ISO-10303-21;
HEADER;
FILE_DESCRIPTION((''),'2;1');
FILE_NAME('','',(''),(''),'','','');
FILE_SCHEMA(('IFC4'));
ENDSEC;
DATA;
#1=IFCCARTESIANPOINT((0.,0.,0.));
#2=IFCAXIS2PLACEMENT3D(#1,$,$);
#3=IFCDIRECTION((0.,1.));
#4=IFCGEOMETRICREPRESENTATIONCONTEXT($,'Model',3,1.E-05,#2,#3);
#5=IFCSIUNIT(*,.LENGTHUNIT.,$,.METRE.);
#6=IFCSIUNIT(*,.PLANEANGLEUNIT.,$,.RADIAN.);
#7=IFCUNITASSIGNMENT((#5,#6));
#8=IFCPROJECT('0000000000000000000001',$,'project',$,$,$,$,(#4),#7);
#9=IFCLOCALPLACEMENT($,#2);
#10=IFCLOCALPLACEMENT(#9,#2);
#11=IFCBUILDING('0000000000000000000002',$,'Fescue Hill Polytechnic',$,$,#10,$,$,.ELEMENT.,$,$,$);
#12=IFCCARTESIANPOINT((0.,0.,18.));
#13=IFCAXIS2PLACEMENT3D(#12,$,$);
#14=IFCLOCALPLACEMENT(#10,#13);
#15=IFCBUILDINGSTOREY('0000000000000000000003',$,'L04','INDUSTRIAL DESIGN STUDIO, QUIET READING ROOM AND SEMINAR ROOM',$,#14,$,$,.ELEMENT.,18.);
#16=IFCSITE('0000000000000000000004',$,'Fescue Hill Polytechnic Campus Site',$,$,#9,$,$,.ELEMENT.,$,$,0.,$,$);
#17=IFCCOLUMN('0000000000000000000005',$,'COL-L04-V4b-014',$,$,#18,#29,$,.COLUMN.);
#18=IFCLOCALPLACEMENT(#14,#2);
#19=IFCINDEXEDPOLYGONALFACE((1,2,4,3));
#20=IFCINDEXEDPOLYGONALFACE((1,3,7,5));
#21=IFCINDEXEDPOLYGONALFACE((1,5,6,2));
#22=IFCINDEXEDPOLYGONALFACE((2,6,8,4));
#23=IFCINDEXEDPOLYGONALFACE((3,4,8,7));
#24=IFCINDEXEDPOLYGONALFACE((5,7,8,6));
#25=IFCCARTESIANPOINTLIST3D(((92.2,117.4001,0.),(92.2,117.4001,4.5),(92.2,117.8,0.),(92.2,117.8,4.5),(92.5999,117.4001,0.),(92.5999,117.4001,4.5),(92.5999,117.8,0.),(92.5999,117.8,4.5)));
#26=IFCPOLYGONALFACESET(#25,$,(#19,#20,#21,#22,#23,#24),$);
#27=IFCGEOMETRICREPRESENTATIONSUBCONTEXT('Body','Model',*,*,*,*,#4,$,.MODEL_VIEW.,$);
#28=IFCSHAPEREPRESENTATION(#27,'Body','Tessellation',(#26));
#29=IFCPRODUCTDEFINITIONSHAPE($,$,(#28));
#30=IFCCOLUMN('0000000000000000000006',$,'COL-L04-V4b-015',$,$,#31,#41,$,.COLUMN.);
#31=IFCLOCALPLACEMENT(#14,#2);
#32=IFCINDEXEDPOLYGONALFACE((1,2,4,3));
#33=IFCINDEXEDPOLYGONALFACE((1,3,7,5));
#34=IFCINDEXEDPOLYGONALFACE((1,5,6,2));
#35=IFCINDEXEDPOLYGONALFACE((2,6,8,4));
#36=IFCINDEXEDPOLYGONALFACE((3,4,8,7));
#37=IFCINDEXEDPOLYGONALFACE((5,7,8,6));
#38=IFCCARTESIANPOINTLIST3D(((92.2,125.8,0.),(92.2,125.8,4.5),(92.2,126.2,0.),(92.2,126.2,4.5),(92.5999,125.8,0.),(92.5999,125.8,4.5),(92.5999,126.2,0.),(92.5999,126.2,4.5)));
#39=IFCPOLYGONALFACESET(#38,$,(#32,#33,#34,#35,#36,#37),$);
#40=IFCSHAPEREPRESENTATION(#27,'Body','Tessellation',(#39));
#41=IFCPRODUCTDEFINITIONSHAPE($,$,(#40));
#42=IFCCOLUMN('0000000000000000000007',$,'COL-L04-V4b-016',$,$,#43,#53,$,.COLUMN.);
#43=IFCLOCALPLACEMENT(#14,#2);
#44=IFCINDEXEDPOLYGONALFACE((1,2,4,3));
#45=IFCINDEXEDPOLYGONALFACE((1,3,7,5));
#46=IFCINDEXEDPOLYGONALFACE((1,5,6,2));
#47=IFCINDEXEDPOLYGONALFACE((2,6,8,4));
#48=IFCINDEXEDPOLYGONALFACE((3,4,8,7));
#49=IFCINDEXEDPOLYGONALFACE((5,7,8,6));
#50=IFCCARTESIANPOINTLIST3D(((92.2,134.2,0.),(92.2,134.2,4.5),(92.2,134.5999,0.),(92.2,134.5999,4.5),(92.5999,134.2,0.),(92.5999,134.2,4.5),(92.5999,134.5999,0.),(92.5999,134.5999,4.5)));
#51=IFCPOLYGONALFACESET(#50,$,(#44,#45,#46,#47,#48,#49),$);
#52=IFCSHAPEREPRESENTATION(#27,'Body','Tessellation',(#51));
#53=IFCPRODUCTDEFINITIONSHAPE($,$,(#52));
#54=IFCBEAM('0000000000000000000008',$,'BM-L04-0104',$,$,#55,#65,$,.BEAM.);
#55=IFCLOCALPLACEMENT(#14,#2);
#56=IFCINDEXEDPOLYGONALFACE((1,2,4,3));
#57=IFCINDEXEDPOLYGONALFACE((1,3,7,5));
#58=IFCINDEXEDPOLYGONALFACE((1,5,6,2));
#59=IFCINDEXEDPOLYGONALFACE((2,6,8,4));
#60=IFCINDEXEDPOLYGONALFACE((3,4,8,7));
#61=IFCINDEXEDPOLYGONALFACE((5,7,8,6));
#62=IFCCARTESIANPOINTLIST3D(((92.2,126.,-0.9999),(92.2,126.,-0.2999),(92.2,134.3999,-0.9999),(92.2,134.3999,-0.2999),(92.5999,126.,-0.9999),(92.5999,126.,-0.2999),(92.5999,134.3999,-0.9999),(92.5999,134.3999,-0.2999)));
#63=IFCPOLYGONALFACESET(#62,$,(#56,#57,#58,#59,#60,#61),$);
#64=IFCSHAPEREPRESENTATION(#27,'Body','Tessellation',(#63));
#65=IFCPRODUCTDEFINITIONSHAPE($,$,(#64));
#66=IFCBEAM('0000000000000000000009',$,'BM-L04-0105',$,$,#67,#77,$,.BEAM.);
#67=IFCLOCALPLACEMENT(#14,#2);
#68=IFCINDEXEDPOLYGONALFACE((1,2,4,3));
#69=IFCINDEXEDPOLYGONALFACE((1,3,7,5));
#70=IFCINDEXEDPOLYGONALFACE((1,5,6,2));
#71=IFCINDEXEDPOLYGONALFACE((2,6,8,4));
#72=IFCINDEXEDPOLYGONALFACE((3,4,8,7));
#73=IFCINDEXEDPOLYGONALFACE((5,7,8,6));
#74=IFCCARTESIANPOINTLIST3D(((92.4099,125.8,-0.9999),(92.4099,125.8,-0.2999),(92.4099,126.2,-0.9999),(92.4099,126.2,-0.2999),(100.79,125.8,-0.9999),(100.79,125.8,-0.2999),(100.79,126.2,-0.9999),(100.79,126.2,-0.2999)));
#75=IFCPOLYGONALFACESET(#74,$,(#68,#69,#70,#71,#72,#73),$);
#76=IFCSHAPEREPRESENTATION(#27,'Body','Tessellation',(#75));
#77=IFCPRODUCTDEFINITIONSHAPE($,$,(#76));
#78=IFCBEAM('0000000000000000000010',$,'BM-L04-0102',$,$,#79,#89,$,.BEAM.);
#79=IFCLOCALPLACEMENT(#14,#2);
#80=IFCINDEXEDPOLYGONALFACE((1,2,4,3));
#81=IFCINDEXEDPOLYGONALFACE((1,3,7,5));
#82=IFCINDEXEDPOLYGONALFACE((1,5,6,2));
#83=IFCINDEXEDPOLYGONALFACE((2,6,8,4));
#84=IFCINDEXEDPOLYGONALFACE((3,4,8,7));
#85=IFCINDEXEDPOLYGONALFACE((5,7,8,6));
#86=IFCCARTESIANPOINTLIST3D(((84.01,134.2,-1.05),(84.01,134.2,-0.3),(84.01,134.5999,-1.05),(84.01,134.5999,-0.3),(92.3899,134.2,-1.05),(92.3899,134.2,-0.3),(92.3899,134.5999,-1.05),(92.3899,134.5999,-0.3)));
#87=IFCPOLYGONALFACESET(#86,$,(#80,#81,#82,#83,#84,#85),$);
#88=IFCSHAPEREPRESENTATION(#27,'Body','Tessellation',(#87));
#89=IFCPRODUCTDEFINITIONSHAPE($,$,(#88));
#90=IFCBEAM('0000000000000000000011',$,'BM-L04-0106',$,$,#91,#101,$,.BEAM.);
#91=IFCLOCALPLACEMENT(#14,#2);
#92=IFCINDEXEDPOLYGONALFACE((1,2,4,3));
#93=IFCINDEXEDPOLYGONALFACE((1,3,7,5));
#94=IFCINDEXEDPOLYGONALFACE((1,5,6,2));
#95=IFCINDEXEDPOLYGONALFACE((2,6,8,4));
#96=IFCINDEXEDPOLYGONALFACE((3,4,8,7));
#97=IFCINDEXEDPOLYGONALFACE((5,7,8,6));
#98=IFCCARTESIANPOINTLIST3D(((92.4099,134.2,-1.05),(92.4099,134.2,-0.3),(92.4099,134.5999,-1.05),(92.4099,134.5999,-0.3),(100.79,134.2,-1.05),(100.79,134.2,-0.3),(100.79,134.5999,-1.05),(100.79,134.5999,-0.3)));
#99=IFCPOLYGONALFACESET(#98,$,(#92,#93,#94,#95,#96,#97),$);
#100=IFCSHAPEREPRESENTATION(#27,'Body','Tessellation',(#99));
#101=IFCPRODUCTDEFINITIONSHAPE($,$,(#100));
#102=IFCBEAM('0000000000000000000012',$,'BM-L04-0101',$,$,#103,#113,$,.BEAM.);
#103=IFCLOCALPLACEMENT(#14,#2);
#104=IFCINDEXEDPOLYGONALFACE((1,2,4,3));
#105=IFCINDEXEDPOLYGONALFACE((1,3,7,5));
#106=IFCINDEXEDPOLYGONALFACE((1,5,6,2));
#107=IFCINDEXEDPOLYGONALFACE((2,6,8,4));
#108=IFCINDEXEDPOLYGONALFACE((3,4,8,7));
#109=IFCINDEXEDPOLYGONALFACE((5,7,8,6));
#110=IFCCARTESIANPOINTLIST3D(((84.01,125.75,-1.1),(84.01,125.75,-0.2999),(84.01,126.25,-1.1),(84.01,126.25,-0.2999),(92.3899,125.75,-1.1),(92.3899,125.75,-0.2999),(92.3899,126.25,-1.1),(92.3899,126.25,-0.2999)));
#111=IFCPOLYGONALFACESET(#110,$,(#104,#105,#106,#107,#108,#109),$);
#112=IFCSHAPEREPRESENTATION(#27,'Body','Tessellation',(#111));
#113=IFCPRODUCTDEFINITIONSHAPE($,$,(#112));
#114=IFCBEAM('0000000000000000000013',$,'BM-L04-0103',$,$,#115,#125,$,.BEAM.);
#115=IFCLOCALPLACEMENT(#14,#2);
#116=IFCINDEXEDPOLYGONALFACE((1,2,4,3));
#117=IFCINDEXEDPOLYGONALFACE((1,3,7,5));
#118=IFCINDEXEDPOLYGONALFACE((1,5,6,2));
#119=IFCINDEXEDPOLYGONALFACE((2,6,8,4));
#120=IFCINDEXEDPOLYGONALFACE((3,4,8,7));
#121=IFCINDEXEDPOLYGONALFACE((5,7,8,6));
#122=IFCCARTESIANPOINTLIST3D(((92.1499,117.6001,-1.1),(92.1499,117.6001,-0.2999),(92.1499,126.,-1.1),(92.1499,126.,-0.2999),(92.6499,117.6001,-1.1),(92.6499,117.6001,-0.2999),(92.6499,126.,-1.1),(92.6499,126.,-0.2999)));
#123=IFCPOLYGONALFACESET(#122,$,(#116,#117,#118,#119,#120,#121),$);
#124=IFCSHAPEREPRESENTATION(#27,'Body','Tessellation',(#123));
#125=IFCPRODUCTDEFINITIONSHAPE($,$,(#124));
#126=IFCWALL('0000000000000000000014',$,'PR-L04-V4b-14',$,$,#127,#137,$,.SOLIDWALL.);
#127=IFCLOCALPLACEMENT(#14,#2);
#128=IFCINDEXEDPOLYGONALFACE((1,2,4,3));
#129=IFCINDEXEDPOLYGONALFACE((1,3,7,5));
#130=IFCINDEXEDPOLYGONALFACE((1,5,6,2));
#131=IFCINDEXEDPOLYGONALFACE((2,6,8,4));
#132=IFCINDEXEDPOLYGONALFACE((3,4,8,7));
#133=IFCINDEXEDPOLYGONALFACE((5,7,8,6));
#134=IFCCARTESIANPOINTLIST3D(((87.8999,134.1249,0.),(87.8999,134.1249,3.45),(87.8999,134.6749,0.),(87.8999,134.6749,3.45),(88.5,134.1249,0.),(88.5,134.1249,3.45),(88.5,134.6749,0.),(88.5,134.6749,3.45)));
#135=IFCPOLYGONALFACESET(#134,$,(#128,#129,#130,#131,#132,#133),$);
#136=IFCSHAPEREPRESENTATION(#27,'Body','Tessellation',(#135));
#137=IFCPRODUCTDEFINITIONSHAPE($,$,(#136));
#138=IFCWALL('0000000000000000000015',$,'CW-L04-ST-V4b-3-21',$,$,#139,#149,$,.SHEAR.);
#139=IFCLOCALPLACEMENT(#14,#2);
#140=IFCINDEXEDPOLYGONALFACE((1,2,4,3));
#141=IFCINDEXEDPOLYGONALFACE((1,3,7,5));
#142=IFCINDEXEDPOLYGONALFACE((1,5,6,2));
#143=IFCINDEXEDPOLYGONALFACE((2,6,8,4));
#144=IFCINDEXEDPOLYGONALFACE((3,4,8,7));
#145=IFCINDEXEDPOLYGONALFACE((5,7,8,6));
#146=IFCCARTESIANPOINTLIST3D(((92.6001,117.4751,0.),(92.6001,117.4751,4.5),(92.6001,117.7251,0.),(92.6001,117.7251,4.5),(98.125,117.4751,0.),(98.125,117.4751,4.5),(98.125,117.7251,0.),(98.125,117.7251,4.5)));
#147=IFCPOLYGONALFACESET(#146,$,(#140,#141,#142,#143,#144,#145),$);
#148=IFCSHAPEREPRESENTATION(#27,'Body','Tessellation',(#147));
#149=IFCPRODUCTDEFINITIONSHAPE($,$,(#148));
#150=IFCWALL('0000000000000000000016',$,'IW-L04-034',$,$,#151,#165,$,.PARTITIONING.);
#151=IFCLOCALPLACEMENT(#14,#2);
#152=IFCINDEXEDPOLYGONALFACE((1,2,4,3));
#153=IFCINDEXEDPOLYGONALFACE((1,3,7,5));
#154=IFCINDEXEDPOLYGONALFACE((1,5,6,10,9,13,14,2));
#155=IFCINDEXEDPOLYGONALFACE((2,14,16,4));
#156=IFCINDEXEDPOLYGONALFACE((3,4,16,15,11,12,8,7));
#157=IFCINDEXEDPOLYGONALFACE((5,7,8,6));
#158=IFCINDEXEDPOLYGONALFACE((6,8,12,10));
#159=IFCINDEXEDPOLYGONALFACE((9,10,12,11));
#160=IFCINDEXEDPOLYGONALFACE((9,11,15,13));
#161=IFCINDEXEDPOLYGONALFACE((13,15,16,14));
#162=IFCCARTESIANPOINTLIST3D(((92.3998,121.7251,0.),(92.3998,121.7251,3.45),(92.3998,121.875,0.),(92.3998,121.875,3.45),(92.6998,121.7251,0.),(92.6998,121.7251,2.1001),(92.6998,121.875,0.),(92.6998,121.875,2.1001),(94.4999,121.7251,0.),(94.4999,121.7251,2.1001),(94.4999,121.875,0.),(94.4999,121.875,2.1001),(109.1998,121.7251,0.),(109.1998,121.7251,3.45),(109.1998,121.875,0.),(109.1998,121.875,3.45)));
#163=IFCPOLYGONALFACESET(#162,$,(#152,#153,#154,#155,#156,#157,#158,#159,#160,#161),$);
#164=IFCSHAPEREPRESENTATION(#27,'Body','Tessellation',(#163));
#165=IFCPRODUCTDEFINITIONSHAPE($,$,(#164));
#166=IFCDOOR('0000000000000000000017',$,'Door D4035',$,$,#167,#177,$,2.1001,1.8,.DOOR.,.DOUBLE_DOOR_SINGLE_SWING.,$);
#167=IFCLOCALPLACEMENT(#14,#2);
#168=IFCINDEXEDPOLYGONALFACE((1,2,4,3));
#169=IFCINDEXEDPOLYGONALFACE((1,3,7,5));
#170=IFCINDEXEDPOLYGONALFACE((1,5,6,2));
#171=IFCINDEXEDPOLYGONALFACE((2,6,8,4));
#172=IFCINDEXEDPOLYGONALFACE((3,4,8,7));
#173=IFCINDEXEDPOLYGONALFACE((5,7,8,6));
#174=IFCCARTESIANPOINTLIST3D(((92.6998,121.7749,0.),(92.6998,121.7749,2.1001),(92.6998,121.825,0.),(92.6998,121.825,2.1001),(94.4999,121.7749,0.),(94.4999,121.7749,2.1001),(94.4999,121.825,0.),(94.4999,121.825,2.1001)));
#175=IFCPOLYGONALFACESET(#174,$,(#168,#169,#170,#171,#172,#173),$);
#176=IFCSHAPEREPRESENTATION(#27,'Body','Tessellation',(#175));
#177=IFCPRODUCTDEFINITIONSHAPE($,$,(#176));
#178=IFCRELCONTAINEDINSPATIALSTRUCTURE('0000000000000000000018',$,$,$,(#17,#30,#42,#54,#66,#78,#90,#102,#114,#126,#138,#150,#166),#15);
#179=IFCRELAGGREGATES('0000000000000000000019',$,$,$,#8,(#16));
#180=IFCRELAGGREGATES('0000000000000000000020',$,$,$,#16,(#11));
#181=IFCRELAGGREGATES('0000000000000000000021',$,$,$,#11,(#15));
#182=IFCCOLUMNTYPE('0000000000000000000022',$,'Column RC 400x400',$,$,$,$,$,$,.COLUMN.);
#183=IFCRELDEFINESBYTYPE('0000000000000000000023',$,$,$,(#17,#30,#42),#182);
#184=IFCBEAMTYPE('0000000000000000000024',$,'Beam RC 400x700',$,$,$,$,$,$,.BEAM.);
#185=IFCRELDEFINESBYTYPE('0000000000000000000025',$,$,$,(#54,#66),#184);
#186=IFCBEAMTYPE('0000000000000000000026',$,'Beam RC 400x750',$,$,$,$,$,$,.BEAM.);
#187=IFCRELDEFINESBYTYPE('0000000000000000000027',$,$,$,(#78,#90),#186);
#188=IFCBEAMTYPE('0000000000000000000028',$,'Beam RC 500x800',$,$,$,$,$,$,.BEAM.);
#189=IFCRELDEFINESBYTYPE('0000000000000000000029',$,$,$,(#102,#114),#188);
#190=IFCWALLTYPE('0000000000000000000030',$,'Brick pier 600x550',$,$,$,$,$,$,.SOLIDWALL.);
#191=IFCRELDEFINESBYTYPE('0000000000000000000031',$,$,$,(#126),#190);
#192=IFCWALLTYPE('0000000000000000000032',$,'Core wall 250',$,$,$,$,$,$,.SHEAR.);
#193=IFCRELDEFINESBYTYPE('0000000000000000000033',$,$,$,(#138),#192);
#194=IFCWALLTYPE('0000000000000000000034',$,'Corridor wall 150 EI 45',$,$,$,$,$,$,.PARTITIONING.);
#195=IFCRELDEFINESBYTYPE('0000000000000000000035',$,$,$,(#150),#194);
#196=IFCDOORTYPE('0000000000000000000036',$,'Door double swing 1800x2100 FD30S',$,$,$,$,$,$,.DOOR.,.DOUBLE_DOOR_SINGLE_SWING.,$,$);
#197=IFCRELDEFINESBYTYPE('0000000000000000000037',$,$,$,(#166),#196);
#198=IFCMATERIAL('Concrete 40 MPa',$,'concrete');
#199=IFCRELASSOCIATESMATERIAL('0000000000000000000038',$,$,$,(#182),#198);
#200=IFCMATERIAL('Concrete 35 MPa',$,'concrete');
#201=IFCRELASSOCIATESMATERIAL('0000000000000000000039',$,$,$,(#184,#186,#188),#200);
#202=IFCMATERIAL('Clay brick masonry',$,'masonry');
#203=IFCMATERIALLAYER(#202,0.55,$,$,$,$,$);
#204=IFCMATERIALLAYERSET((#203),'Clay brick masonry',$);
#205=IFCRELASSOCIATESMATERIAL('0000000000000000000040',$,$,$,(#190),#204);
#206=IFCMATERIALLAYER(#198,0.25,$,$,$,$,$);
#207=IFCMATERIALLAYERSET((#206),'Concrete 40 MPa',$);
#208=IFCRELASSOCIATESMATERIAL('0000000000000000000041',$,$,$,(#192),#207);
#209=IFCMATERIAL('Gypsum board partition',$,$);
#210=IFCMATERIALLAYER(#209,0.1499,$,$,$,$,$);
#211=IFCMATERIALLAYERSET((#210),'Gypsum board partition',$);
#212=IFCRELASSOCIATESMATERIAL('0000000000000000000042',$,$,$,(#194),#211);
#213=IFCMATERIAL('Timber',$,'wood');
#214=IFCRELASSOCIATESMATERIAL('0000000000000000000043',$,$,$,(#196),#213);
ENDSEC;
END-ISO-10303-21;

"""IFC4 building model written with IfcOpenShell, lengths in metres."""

from ifc_helpers import new_model, si_unit, direction, frame, frame_2d, origin, origin_2d, place, context, subcontext, project, spatial, rectangle, extrude, material, layer, layer_set, material_profile, profile_set, type_object, element, fill, save


model = new_model("IFC4")

# Units and contexts
model_context = context("Model", 3, precision=1e-05, world=origin(), true_north=direction((0.0, 1.0)))
body_context = subcontext(model_context, "Body", "Model", "MODEL_VIEW")
ifc_project = project(units=[si_unit("LENGTHUNIT", "METRE"), si_unit("PLANEANGLEUNIT", "RADIAN")], contexts=[model_context])

# Site, building, storey
site_placement = place(None, origin())
site = spatial("IfcSite", under=ifc_project, at=site_placement, Name="Fescue Hill Polytechnic Campus Site", CompositionType="ELEMENT", RefElevation=0.0)
building_placement = place(site_placement, origin())
building = spatial("IfcBuilding", under=site, at=building_placement, Name="Fescue Hill Polytechnic", CompositionType="ELEMENT")
storey_placement = place(building_placement, frame((0.0, 0.0, 18.0)))
storey = spatial("IfcBuildingStorey", under=building, at=storey_placement, Name="L04", Description="INDUSTRIAL DESIGN STUDIO, QUIET READING ROOM AND SEMINAR ROOM", CompositionType="ELEMENT", Elevation=18.0)

# Columns
ifc_material_1 = material(Name="Concrete 40 MPa", Category="concrete")
ifc_material_profile_1 = material_profile(ifc_material_1, rectangle(XDim=0.3999, YDim=0.3999, at=origin_2d()), Name="RC 400x400")
ifc_profile_set_1 = profile_set([ifc_material_profile_1], Name="Concrete 40 MPa")
column_type = type_object("IfcColumnType", Name="Column RC 400x400", PredefinedType="COLUMN", material=ifc_profile_set_1)
for number, where, z_axis, x_axis, name in (
    (1, (92.3999, 117.6001, 0.0), (0.0, 0.0, 1.0), (1.0, 0.0, 0.0), "COL-L04-V4b-014"),
    (2, (92.3999, 126.0, 0.0), (0.0, 0.0, 1.0), (1.0, 0.0, 0.0), "COL-L04-V4b-015"),
    (3, (92.3999, 134.3999, 0.0), (0.0, 0.0, 1.0), (1.0, 0.0, 0.0), "COL-L04-V4b-016"),
):
    element("IfcColumn", number, at=place(storey_placement, frame(where, z_axis=z_axis, x_axis=x_axis)), inside=storey, type_object=column_type, Name=name, PredefinedType="COLUMN", context=body_context, shape_type="SweptSolid", body=[
        extrude(rectangle(XDim=0.3999, YDim=0.3999, at=origin_2d()), origin(), (0.0, 0.0, 1.0), 4.5),
    ])

# Beams
ifc_material_2 = material(Name="Concrete 35 MPa", Category="concrete")
ifc_material_profile_2 = material_profile(ifc_material_2, rectangle(XDim=0.3999, YDim=0.7, at=origin_2d()), Name="RC 400x700")
ifc_profile_set_2 = profile_set([ifc_material_profile_2], Name="Concrete 35 MPa")
beam_type_1 = type_object("IfcBeamType", Name="Beam RC 400x700", PredefinedType="BEAM", material=ifc_profile_set_2)
beam_1_placement = place(storey_placement, frame((92.3999, 126.0, -0.6499), z_axis=(0.0, 1.0, 0.0), x_axis=(-1.0, 0.0, 0.0)))
element("IfcBeam", 4, at=beam_1_placement, inside=storey, type_object=beam_type_1, Name="BM-L04-0104", PredefinedType="BEAM", context=body_context, shape_type="SweptSolid", body=[
    extrude(rectangle(XDim=0.3999, YDim=0.7, at=origin_2d()), origin(), (0.0, 0.0, 1.0), 8.3999),
])
beam_2_placement = place(storey_placement, frame((92.4099, 126.0, -0.6499), z_axis=(1.0, 0.0, 0.0), x_axis=(0.0, 1.0, 0.0)))
element("IfcBeam", 5, at=beam_2_placement, inside=storey, type_object=beam_type_1, Name="BM-L04-0105", PredefinedType="BEAM", context=body_context, shape_type="SweptSolid", body=[
    extrude(rectangle(XDim=0.3999, YDim=0.7, at=origin_2d()), origin(), (0.0, 0.0, 1.0), 8.3801),
])
ifc_material_profile_3 = material_profile(ifc_material_2, rectangle(XDim=0.3999, YDim=0.75, at=origin_2d()), Name="RC 400x750")
ifc_profile_set_3 = profile_set([ifc_material_profile_3], Name="Concrete 35 MPa")
beam_type_2 = type_object("IfcBeamType", Name="Beam RC 400x750", PredefinedType="BEAM", material=ifc_profile_set_3)
beam_3_placement = place(storey_placement, frame((84.01, 134.3999, -0.675), z_axis=(1.0, 0.0, 0.0), x_axis=(0.0, 1.0, 0.0)))
element("IfcBeam", 6, at=beam_3_placement, inside=storey, type_object=beam_type_2, Name="BM-L04-0102", PredefinedType="BEAM", context=body_context, shape_type="SweptSolid", body=[
    extrude(rectangle(XDim=0.3999, YDim=0.75, at=origin_2d()), origin(), (0.0, 0.0, 1.0), 8.3799),
])
beam_4_placement = place(storey_placement, frame((92.4099, 134.3999, -0.675), z_axis=(1.0, 0.0, 0.0), x_axis=(0.0, 1.0, 0.0)))
element("IfcBeam", 7, at=beam_4_placement, inside=storey, type_object=beam_type_2, Name="BM-L04-0106", PredefinedType="BEAM", context=body_context, shape_type="SweptSolid", body=[
    extrude(rectangle(XDim=0.3999, YDim=0.75, at=origin_2d()), origin(), (0.0, 0.0, 1.0), 8.3801),
])
ifc_material_profile_4 = material_profile(ifc_material_2, rectangle(XDim=0.5, YDim=0.8, at=origin_2d()), Name="RC 500x800")
ifc_profile_set_4 = profile_set([ifc_material_profile_4], Name="Concrete 35 MPa")
beam_type_3 = type_object("IfcBeamType", Name="Beam RC 500x800", PredefinedType="BEAM", material=ifc_profile_set_4)
beam_5_placement = place(storey_placement, frame((84.01, 126.0, -0.7), z_axis=(1.0, 0.0, 0.0), x_axis=(0.0, 1.0, 0.0)))
element("IfcBeam", 8, at=beam_5_placement, inside=storey, type_object=beam_type_3, Name="BM-L04-0101", PredefinedType="BEAM", context=body_context, shape_type="SweptSolid", body=[
    extrude(rectangle(XDim=0.5, YDim=0.8, at=origin_2d()), origin(), (0.0, 0.0, 1.0), 8.3799),
])
beam_6_placement = place(storey_placement, frame((92.3999, 117.6001, -0.7), z_axis=(0.0, 1.0, 0.0), x_axis=(-1.0, 0.0, 0.0)))
element("IfcBeam", 9, at=beam_6_placement, inside=storey, type_object=beam_type_3, Name="BM-L04-0103", PredefinedType="BEAM", context=body_context, shape_type="SweptSolid", body=[
    extrude(rectangle(XDim=0.5, YDim=0.8, at=origin_2d()), origin(), (0.0, 0.0, 1.0), 8.3999),
])

# Walls
ifc_material_3 = material(Name="Clay brick masonry", Category="masonry")
ifc_layer_1 = layer(ifc_material_3, 0.55)
ifc_layer_set_1 = layer_set([ifc_layer_1], Name="Clay brick masonry")
wall_type_1 = type_object("IfcWallType", Name="Brick pier 600x550", PredefinedType="SOLIDWALL", material=ifc_layer_set_1)
wall_1_placement = place(storey_placement, frame((88.5, 134.3999, 0.0), z_axis=(0.0, 0.0, 1.0), x_axis=(-1.0, 0.0, 0.0)))
element("IfcWall", 10, at=wall_1_placement, inside=storey, type_object=wall_type_1, Name="PR-L04-V4b-14", PredefinedType="SOLIDWALL", context=body_context, shape_type="SweptSolid", body=[
    extrude(rectangle(XDim=0.6001, YDim=0.55, at=frame_2d((0.3, 0.0))), origin(), (0.0, 0.0, 1.0), 3.45),
])
ifc_layer_2 = layer(ifc_material_1, 0.25)
ifc_layer_set_2 = layer_set([ifc_layer_2], Name="Concrete 40 MPa")
wall_type_2 = type_object("IfcWallType", Name="Core wall 250", PredefinedType="SHEAR", material=ifc_layer_set_2)
wall_2_placement = place(storey_placement, frame((92.6001, 117.6001, 0.0), z_axis=(0.0, 0.0, 1.0), x_axis=(1.0, 0.0, 0.0)))
element("IfcWall", 11, at=wall_2_placement, inside=storey, type_object=wall_type_2, Name="CW-L04-ST-V4b-3-21", PredefinedType="SHEAR", context=body_context, shape_type="SweptSolid", body=[
    extrude(rectangle(XDim=5.5249, YDim=0.25, at=frame_2d((2.7625, 0.0))), origin(), (0.0, 0.0, 1.0), 4.5),
])

# Wall, opening, door
ifc_material_4 = material(Name="Gypsum board partition")
ifc_layer_3 = layer(ifc_material_4, 0.1499)
ifc_layer_set_3 = layer_set([ifc_layer_3], Name="Gypsum board partition")
wall_type_3 = type_object("IfcWallType", Name="Corridor wall 150 EI 45", PredefinedType="PARTITIONING", material=ifc_layer_set_3)
wall_3_placement = place(storey_placement, frame((92.3999, 121.8, 0.0), z_axis=(0.0, 0.0, 1.0), x_axis=(1.0, 0.0, 0.0)))
wall_3 = element("IfcWall", 12, at=wall_3_placement, inside=storey, type_object=wall_type_3, Name="IW-L04-034", PredefinedType="PARTITIONING", context=body_context, shape_type="SweptSolid", body=[
    extrude(rectangle(XDim=16.8, YDim=0.1499, at=frame_2d((8.3999, 0.0))), origin(), (0.0, 0.0, 1.0), 3.45),
])
opening_1_placement = place(wall_3_placement, frame((0.3, 0.0, 0.0)))
opening_1 = element("IfcOpeningElement", 13, at=opening_1_placement, cuts=wall_3, PredefinedType="OPENING", context=body_context, shape_type="SweptSolid", body=[
    extrude(rectangle(XDim=1.8, YDim=2.1001, at=frame_2d((0.8999, 1.05))), frame((0.0, 0.085, 0.0), z_axis=(0.0, -1.0, 0.0), x_axis=(1.0, 0.0, 0.0)), (0.0, 0.0, 1.0), 0.1699),
])
ifc_material_5 = material(Name="Timber", Category="wood")
door_type = type_object("IfcDoorType", Name="Door double swing 1800x2100 FD30S", OperationType="DOUBLE_DOOR_SINGLE_SWING", PredefinedType="DOOR", material=ifc_material_5)
door_placement = place(opening_1_placement, origin())
door = element("IfcDoor", 14, at=door_placement, inside=storey, type_object=door_type, Name="Door D4035", OperationType="DOUBLE_DOOR_SINGLE_SWING", OverallHeight=2.1001, OverallWidth=1.8, PredefinedType="DOOR", context=body_context, shape_type="SweptSolid", body=[
    extrude(rectangle(XDim=1.8, YDim=2.1001, at=frame_2d((0.8999, 1.05))), frame((0.0, 0.0249, 0.0), z_axis=(0.0, -1.0, 0.0), x_axis=(1.0, 0.0, 0.0)), (0.0, 0.0, 1.0), 0.05),
])
fill(opening_1, door)

save(model, "model.ifc")
